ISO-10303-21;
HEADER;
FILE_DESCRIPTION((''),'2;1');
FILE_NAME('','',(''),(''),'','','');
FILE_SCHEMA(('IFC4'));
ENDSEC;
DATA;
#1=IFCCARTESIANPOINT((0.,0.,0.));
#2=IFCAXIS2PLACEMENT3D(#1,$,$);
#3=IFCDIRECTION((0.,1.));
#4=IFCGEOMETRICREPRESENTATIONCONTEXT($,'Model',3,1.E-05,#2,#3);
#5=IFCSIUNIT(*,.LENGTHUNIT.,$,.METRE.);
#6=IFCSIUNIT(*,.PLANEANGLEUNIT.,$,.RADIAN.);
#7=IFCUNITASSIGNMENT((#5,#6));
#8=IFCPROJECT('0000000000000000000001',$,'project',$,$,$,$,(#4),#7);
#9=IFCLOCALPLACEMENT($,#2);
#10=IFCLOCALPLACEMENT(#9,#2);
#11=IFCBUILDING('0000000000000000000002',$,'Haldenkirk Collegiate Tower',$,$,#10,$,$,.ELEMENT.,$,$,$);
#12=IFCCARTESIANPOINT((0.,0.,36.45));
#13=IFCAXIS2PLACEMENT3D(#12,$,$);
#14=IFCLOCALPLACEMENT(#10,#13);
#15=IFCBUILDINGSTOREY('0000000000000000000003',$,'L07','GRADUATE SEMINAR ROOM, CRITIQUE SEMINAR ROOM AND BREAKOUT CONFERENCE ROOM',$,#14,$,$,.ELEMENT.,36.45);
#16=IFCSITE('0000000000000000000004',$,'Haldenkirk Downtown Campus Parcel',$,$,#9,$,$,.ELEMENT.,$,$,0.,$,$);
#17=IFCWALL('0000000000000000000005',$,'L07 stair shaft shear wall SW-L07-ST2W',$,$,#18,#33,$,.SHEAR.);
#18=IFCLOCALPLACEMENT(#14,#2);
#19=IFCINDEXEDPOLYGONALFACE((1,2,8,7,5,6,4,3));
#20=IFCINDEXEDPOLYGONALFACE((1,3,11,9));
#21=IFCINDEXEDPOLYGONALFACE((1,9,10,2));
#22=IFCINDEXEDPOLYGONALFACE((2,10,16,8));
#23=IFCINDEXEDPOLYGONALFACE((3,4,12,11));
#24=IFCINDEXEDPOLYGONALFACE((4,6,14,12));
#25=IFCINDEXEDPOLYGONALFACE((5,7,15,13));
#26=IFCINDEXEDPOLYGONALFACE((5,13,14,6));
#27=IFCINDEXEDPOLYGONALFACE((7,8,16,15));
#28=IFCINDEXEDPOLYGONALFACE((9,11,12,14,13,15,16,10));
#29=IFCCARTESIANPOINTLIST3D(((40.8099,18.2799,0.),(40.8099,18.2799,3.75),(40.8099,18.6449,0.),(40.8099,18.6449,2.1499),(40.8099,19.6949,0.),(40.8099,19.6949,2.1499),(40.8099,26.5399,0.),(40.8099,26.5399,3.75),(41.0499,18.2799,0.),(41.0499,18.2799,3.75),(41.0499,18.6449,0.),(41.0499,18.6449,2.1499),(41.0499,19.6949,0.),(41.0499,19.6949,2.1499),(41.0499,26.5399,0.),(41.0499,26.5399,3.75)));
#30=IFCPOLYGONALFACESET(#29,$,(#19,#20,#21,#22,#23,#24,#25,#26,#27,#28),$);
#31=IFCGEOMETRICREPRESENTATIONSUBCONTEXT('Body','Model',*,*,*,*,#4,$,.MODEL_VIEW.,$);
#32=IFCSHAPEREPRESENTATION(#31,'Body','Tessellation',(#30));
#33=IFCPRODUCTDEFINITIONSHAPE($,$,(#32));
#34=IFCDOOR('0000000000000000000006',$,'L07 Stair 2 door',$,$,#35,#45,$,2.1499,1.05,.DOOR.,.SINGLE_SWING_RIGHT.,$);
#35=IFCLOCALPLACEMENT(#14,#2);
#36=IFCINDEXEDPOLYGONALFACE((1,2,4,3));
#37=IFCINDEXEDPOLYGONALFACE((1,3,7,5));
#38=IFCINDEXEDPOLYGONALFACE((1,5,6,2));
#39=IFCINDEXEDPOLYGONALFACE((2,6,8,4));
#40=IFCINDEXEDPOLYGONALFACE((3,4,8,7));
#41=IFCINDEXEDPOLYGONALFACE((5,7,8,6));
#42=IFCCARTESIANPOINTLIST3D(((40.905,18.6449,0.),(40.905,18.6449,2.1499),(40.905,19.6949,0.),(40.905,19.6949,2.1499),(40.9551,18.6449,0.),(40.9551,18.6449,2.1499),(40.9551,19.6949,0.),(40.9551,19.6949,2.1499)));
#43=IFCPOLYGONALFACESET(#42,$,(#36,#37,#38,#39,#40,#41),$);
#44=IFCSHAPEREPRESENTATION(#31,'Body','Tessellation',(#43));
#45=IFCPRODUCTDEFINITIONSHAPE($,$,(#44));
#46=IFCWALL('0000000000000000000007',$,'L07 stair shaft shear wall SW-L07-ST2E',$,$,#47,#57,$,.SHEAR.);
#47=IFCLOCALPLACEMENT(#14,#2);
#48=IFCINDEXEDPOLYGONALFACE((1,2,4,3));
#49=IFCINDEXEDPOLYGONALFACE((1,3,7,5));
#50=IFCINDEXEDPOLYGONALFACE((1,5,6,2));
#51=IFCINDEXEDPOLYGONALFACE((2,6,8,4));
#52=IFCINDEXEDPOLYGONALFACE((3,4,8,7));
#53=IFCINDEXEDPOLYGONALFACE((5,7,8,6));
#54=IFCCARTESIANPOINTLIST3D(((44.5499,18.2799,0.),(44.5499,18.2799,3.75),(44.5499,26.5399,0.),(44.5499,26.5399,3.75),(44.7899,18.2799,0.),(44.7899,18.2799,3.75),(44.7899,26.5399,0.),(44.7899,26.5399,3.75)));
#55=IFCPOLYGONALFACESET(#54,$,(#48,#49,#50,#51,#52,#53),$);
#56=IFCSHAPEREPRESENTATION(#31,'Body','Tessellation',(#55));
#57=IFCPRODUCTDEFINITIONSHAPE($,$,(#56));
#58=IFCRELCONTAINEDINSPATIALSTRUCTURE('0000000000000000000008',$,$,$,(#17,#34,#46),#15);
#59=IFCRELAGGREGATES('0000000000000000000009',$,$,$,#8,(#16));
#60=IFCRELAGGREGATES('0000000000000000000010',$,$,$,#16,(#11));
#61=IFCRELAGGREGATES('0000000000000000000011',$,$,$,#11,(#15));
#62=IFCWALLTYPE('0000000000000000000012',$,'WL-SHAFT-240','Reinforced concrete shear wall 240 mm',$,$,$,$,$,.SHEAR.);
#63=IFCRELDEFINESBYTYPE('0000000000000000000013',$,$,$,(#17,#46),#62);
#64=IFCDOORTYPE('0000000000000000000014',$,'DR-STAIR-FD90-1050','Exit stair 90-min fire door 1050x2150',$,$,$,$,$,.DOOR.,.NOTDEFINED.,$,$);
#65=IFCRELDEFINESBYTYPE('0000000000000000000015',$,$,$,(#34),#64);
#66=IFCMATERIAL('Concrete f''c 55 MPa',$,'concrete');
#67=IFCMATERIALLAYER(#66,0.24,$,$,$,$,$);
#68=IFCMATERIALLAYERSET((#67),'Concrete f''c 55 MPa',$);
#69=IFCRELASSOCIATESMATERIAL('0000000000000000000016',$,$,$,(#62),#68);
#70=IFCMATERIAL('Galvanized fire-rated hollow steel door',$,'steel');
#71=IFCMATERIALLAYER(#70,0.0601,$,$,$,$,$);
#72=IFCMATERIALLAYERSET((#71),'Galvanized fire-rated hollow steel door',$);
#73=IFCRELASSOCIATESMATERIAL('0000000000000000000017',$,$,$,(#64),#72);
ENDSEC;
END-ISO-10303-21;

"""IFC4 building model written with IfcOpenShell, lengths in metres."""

from ifc_helpers import new_model, si_unit, direction, frame, frame_2d, origin, place, context, subcontext, project, spatial, rectangle, extrude, material, layer, layer_set, type_object, element, fill, save


model = new_model("IFC4")

# Units and contexts
model_context = context("Model", 3, precision=1e-05, world=origin(), true_north=direction((0.0, 1.0)))
body_context = subcontext(model_context, "Body", "Model", "MODEL_VIEW")
ifc_project = project(units=[si_unit("LENGTHUNIT", "METRE"), si_unit("PLANEANGLEUNIT", "RADIAN")], contexts=[model_context])

# Site, building, storey
site_placement = place(None, origin())
site = spatial("IfcSite", under=ifc_project, at=site_placement, Name="Haldenkirk Downtown Campus Parcel", CompositionType="ELEMENT", RefElevation=0.0)
building_placement = place(site_placement, origin())
building = spatial("IfcBuilding", under=site, at=building_placement, Name="Haldenkirk Collegiate Tower", CompositionType="ELEMENT")
storey_placement = place(building_placement, frame((0.0, 0.0, 36.45)))
storey = spatial("IfcBuildingStorey", under=building, at=storey_placement, Name="L07", Description="GRADUATE SEMINAR ROOM, CRITIQUE SEMINAR ROOM AND BREAKOUT CONFERENCE ROOM", CompositionType="ELEMENT", Elevation=36.45)

# Shared definitions
ifc_material_1 = material(Name="Galvanized fire-rated hollow steel door", Category="steel")

# Wall, opening, door
ifc_material_2 = material(Name="Concrete f'c 55 MPa", Category="concrete")
ifc_layer_1 = layer(ifc_material_2, 0.24)
ifc_layer_set_1 = layer_set([ifc_layer_1], Name="Concrete f'c 55 MPa")
wall_type_1 = type_object("IfcWallType", Name="WL-SHAFT-240", Description="Reinforced concrete shear wall 240 mm", PredefinedType="SHEAR", material=ifc_layer_set_1)
wall_1_placement = place(storey_placement, frame((40.9299, 18.28, 0.0), z_axis=(0.0, 0.0, 1.0), x_axis=(0.0, 1.0, 0.0)))
wall_1 = element("IfcWall", 1, at=wall_1_placement, inside=storey, type_object=wall_type_1, Name="L07 stair shaft shear wall SW-L07-ST2W", PredefinedType="SHEAR", context=body_context, shape_type="SweptSolid", body=[
    extrude(rectangle(XDim=8.26, YDim=0.24, at=frame_2d((4.1299, 0.0))), origin(), (0.0, 0.0, 1.0), 3.75),
])
opening_1_placement = place(wall_1_placement, frame((0.365, 0.0, 0.0)))
opening_1 = element("IfcOpeningElement", 2, at=opening_1_placement, cuts=wall_1, PredefinedType="OPENING", context=body_context, shape_type="SweptSolid", body=[
    extrude(rectangle(XDim=1.05, YDim=2.1499, at=frame_2d((0.5249, 1.075))), frame((0.0, 0.1299, 0.0), z_axis=(0.0, -1.0, 0.0), x_axis=(1.0, 0.0, 0.0)), (0.0, 0.0, 1.0), 0.26),
])
ifc_layer_2 = layer(ifc_material_1, 0.0601)
ifc_layer_set_2 = layer_set([ifc_layer_2], Name="Galvanized fire-rated hollow steel door")
door_type_1 = type_object("IfcDoorType", Name="DR-STAIR-FD90-1050", Description="Exit stair 90-min fire door 1050x2150", OperationType="NOTDEFINED", PredefinedType="DOOR", material=ifc_layer_set_2)
door_1_placement = place(opening_1_placement, origin())
door_1 = element("IfcDoor", 3, at=door_1_placement, inside=storey, type_object=door_type_1, Name="L07 Stair 2 door", OperationType="SINGLE_SWING_RIGHT", OverallHeight=2.1499, OverallWidth=1.05, PredefinedType="DOOR", context=body_context, shape_type="SweptSolid", body=[
    extrude(rectangle(XDim=1.05, YDim=2.1499, at=frame_2d((0.5249, 1.075))), frame((0.0, 0.0249, 0.0), z_axis=(0.0, -1.0, 0.0), x_axis=(1.0, 0.0, 0.0)), (0.0, 0.0, 1.0), 0.05),
])
fill(opening_1, door_1)

# Wall
wall_2_placement = place(storey_placement, frame((44.6699, 18.28, 0.0), z_axis=(0.0, 0.0, 1.0), x_axis=(0.0, 1.0, 0.0)))
element("IfcWall", 4, at=wall_2_placement, inside=storey, type_object=wall_type_1, Name="L07 stair shaft shear wall SW-L07-ST2E", PredefinedType="SHEAR", context=body_context, shape_type="SweptSolid", body=[
    extrude(rectangle(XDim=8.26, YDim=0.24, at=frame_2d((4.1299, 0.0))), origin(), (0.0, 0.0, 1.0), 3.75),
])

save(model, "model.ifc")
